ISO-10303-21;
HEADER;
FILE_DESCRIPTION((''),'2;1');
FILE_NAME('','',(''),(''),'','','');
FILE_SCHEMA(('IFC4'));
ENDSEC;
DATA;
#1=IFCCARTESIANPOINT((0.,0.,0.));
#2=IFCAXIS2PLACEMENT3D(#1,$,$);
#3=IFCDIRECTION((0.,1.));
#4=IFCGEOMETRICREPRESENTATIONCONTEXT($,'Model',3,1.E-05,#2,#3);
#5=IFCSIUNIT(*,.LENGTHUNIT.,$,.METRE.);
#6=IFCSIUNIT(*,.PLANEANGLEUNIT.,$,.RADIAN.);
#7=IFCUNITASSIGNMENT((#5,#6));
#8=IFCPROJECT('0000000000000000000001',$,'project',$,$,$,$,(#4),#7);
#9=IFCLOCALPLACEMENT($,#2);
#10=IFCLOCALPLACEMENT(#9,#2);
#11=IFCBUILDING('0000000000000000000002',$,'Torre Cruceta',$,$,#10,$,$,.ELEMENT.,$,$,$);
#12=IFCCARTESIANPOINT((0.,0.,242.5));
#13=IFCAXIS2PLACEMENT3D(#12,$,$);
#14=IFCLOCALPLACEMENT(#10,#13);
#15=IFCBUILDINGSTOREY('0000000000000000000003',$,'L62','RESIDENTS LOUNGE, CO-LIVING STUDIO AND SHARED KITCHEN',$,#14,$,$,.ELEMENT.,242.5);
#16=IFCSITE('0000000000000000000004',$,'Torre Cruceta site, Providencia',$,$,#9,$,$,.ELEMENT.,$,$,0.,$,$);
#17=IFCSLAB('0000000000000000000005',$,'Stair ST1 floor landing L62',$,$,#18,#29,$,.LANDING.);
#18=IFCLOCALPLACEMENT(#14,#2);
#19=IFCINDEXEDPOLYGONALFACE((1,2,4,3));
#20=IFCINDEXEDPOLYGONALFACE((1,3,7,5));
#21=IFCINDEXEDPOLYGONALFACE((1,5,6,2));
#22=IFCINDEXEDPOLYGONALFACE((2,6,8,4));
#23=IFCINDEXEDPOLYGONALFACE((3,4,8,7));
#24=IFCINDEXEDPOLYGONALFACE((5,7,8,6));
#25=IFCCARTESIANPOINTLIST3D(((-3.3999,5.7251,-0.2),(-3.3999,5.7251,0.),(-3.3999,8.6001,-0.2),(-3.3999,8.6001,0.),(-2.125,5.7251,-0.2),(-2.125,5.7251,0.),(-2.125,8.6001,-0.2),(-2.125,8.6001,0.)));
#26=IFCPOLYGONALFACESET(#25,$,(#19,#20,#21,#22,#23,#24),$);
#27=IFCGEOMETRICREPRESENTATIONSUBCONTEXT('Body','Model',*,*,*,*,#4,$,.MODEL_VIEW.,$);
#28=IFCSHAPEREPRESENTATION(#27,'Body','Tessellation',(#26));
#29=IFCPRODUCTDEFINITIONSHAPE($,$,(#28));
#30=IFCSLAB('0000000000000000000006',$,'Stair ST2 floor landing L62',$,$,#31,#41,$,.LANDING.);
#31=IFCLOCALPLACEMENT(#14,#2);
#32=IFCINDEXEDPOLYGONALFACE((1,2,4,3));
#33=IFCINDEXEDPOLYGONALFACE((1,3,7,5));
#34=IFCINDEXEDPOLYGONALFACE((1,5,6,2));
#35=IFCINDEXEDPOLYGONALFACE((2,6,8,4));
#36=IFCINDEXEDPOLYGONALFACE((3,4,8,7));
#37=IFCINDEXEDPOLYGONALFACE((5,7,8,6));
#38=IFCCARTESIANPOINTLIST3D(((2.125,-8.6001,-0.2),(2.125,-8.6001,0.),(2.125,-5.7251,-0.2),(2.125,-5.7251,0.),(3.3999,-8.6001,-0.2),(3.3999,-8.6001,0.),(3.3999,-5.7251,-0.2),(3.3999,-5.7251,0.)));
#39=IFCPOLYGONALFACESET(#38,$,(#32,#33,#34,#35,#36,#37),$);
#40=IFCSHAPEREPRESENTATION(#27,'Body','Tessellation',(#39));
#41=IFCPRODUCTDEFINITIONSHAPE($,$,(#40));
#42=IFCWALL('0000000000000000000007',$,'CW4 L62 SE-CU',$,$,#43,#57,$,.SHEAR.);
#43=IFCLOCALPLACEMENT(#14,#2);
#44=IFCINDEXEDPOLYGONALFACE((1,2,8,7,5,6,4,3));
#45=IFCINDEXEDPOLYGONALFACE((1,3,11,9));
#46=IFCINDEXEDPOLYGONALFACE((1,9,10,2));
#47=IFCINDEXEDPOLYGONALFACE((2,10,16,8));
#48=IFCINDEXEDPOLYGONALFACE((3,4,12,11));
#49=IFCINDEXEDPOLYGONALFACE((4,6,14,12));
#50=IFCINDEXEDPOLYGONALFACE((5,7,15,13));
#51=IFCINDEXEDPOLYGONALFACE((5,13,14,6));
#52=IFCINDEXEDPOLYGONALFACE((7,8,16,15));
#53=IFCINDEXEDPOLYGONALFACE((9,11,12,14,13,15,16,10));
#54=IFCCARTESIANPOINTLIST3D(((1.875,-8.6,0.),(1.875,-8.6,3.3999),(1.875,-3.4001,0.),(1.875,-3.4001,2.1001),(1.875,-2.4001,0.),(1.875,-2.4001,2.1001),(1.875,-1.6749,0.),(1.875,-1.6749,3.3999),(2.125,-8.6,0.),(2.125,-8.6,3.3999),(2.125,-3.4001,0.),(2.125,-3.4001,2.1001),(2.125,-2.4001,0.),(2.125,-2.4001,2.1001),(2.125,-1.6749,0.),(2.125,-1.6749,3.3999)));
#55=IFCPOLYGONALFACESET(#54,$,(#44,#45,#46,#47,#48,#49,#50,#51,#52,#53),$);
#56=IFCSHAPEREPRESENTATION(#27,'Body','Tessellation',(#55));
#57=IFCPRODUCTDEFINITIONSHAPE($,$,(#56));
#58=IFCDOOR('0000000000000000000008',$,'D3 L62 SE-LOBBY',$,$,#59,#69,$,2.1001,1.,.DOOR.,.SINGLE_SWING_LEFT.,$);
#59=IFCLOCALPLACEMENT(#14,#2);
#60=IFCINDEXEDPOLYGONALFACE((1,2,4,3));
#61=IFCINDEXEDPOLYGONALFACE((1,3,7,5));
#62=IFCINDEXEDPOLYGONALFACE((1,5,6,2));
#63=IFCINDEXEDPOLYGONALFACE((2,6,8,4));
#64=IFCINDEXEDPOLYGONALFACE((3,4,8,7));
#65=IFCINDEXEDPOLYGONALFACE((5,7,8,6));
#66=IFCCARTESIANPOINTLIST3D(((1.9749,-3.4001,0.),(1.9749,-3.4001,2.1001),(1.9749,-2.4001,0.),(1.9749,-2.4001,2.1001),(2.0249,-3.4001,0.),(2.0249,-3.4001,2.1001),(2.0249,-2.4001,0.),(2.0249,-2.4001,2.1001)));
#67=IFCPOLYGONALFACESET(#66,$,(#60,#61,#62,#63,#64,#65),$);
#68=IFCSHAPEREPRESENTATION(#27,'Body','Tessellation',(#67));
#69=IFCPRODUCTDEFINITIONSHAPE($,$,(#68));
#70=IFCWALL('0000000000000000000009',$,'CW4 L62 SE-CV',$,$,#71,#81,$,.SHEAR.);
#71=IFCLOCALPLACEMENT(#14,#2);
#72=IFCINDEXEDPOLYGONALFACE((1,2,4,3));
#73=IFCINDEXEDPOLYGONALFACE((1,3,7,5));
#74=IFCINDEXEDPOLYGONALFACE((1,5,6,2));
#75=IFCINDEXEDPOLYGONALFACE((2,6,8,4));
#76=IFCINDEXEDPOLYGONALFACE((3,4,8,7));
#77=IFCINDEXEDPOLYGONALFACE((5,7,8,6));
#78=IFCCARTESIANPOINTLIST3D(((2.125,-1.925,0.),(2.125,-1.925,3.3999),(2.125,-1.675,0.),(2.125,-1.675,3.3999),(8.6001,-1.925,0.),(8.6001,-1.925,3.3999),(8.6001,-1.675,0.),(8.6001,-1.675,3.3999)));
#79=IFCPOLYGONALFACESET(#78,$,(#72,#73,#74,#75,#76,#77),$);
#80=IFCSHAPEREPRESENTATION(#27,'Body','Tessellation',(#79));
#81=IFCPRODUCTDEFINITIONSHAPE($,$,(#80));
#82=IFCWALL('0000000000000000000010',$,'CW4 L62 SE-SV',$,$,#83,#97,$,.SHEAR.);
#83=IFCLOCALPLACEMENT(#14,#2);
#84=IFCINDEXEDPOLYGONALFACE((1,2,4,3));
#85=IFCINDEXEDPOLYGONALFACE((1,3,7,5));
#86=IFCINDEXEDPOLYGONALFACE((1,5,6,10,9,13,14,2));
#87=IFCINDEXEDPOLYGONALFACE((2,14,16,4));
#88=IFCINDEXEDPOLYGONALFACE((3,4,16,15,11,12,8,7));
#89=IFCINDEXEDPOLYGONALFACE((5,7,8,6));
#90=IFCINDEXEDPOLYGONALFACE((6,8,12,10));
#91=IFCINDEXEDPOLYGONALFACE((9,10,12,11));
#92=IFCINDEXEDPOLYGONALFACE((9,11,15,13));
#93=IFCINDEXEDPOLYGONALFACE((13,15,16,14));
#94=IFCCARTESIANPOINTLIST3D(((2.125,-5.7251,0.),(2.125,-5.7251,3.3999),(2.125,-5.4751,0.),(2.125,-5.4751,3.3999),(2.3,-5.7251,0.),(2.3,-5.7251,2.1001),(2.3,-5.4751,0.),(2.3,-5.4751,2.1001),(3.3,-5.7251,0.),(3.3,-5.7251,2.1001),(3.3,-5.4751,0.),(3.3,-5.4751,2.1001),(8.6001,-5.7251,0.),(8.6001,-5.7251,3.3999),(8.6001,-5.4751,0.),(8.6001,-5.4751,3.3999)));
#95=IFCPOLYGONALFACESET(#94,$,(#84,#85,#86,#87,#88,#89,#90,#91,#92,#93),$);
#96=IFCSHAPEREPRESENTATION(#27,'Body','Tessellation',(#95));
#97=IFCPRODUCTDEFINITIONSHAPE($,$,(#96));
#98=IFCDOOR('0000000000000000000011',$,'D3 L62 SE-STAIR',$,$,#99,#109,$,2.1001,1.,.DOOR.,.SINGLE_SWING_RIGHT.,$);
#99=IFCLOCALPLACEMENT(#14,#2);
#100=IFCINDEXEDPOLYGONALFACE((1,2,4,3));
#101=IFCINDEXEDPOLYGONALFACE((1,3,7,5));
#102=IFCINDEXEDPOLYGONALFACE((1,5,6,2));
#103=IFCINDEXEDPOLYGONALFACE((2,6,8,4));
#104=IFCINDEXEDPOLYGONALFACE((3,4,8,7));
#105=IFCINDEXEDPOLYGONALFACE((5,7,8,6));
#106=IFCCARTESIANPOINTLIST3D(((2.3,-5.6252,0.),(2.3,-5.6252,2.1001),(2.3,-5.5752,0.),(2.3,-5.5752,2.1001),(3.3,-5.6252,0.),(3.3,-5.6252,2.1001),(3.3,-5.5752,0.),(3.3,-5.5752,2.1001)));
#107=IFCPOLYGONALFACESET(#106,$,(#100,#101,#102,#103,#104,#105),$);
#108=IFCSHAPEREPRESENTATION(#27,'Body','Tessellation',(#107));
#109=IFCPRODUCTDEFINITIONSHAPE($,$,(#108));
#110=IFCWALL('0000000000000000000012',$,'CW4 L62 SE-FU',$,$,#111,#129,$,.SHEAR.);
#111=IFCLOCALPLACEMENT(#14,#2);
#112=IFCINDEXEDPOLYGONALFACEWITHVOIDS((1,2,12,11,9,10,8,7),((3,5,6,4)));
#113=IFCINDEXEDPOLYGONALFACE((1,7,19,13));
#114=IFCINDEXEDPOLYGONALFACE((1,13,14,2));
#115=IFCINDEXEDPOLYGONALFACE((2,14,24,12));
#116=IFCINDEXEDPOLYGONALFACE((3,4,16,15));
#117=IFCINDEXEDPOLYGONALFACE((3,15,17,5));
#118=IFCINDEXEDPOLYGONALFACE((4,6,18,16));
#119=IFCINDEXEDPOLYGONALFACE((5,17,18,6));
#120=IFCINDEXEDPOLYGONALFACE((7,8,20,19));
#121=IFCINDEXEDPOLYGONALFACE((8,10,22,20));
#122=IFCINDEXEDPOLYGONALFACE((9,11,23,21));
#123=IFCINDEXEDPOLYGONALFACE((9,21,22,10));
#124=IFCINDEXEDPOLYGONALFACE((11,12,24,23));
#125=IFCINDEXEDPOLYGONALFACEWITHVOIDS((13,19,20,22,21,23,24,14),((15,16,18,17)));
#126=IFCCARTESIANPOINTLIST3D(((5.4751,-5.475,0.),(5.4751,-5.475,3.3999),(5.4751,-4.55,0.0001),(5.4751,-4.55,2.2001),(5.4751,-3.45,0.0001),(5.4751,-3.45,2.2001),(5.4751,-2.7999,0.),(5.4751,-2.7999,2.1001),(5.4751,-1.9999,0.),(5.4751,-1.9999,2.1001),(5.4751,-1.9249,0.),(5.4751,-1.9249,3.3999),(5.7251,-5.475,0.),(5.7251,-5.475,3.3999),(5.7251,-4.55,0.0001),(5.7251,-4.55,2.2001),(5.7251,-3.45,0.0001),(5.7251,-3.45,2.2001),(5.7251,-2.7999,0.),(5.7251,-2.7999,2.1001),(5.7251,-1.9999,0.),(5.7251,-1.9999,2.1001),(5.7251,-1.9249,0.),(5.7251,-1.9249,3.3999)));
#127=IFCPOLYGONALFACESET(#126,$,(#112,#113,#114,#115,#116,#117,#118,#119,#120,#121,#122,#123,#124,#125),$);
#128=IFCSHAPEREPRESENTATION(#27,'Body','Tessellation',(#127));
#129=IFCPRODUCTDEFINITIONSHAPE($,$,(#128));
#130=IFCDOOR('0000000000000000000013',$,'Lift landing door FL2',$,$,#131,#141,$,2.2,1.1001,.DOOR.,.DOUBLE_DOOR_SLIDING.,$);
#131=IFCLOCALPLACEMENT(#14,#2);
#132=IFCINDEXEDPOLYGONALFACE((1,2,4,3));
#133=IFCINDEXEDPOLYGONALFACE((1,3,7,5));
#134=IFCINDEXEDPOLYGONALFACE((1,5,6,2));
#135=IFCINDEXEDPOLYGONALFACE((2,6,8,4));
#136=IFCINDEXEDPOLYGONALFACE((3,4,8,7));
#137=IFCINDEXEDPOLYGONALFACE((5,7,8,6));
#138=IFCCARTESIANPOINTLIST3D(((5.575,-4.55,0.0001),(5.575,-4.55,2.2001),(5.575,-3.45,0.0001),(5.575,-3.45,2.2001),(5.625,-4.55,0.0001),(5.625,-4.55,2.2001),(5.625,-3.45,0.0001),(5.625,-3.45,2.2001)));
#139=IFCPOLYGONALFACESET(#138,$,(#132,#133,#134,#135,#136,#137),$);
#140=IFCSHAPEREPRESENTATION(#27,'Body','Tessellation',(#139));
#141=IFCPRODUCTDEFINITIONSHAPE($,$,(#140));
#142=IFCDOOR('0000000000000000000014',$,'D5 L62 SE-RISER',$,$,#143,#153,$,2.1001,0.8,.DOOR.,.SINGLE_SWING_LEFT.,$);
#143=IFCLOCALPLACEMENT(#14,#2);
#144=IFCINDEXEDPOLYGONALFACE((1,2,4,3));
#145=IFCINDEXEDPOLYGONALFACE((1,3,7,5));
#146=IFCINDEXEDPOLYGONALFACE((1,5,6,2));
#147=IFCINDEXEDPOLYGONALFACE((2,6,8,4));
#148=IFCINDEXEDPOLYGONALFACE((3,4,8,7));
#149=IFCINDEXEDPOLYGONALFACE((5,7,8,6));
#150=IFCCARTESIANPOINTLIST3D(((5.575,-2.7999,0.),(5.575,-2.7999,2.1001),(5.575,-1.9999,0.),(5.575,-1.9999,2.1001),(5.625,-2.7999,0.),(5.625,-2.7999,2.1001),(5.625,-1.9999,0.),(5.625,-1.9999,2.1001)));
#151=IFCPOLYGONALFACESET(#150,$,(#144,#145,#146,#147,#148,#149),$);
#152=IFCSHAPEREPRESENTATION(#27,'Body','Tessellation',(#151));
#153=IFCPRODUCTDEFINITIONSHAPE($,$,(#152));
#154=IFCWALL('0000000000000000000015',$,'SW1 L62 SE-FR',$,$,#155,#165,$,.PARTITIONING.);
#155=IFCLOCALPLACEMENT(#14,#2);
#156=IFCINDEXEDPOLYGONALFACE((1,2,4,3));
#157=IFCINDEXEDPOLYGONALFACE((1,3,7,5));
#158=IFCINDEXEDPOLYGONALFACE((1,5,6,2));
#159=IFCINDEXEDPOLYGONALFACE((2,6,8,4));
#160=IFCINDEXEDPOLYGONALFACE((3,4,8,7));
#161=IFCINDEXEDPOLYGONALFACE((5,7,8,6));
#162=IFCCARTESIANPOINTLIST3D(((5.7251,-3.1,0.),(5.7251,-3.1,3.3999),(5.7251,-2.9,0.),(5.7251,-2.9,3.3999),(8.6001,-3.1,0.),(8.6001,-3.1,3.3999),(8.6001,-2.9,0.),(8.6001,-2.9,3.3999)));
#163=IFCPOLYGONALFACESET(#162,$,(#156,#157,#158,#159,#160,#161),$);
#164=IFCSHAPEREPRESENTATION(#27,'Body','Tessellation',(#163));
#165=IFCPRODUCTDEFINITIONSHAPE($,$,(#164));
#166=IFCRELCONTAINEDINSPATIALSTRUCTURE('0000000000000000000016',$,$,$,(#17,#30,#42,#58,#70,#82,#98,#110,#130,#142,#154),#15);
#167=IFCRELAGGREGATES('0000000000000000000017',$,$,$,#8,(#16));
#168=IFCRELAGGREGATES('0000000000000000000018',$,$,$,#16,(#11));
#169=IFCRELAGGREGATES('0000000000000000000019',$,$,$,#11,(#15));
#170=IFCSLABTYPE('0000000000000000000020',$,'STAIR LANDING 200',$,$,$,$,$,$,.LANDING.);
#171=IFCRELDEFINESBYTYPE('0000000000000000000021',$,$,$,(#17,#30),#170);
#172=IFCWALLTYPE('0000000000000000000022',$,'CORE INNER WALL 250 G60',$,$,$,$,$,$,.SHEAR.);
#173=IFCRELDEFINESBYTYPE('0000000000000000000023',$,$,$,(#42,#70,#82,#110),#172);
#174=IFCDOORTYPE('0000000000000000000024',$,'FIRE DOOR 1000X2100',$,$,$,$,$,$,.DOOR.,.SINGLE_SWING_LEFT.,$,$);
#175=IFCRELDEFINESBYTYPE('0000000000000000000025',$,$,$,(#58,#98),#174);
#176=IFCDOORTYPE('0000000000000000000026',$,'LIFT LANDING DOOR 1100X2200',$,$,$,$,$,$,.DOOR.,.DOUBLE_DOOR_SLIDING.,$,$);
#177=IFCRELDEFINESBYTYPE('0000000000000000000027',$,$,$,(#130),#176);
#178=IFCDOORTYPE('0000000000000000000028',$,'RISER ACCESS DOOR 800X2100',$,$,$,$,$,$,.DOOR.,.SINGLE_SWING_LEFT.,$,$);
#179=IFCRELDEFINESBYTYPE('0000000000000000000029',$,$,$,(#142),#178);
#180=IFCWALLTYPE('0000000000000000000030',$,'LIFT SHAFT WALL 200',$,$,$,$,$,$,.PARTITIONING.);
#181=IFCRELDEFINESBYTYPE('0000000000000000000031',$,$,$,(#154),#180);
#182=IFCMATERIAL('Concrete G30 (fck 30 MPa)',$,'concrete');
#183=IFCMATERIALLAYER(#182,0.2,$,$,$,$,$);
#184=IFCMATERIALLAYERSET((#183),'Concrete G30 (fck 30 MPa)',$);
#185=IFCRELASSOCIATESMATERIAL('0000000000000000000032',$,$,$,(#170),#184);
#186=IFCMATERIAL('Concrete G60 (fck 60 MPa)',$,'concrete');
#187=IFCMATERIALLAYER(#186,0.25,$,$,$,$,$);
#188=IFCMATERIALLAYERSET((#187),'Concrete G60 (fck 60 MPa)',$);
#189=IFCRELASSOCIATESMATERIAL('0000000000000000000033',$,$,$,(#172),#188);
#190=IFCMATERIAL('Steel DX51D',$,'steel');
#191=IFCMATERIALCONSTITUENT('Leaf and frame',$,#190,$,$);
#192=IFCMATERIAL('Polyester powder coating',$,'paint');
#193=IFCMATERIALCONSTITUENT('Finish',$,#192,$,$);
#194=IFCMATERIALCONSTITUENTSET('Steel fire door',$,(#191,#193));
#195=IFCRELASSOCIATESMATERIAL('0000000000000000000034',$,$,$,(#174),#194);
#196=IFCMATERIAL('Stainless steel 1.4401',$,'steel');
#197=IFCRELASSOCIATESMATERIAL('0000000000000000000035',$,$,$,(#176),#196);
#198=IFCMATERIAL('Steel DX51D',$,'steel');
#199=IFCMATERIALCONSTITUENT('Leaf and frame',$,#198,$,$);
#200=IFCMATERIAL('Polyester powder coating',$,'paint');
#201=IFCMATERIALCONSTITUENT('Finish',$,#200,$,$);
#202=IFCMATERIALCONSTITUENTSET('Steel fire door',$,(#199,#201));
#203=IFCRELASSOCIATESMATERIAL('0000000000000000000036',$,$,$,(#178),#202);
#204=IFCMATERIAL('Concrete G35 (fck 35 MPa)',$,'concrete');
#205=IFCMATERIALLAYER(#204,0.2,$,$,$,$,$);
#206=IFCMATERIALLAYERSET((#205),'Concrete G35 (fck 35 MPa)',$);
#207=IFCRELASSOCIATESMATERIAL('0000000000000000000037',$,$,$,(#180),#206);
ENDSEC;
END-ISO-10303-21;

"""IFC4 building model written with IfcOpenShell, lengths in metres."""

from ifc_helpers import new_model, si_unit, direction, frame, frame_2d, origin, place, context, subcontext, project, spatial, polyline, rectangle, outline, extrude, material, layer, layer_set, constituent, constituent_set, type_object, element, fill, save


model = new_model("IFC4")

# Units and contexts
model_context = context("Model", 3, precision=1e-05, world=origin(), true_north=direction((0.0, 1.0)))
body_context = subcontext(model_context, "Body", "Model", "MODEL_VIEW")
ifc_project = project(units=[si_unit("LENGTHUNIT", "METRE"), si_unit("PLANEANGLEUNIT", "RADIAN")], contexts=[model_context])

# Site, building, storey
site_placement = place(None, origin())
site = spatial("IfcSite", under=ifc_project, at=site_placement, Name="Torre Cruceta site, Providencia", CompositionType="ELEMENT", RefElevation=0.0)
building_placement = place(site_placement, origin())
building = spatial("IfcBuilding", under=site, at=building_placement, Name="Torre Cruceta", CompositionType="ELEMENT")
storey_placement = place(building_placement, frame((0.0, 0.0, 242.5)))
storey = spatial("IfcBuildingStorey", under=building, at=storey_placement, Name="L62", Description="RESIDENTS LOUNGE, CO-LIVING STUDIO AND SHARED KITCHEN", CompositionType="ELEMENT", Elevation=242.5)

# Shared definitions
ifc_material_1 = material(Name="Concrete G30 (fck 30 MPa)", Category="concrete")
ifc_layer_1 = layer(ifc_material_1, 0.2)
ifc_layer_set_1 = layer_set([ifc_layer_1], Name="Concrete G30 (fck 30 MPa)")
slab_type_1 = type_object("IfcSlabType", Name="STAIR LANDING 200", PredefinedType="LANDING", material=ifc_layer_set_1)

# Slabs
slab_1_placement = place(storey_placement, frame((0.0, 0.0, -0.2)))
element("IfcSlab", 1, at=slab_1_placement, inside=storey, type_object=slab_type_1, Name="Stair ST1 floor landing L62", PredefinedType="LANDING", context=body_context, shape_type="SweptSolid", body=[
    extrude(outline(polyline([(-2.125, 8.6001), (-2.125, 5.7251), (-3.3999, 5.7251), (-3.3999, 8.6001), (-2.125, 8.6001)])), origin(), (0.0, 0.0, 1.0), 0.2),
])
slab_2_placement = place(storey_placement, frame((0.0, 0.0, -0.2)))
element("IfcSlab", 2, at=slab_2_placement, inside=storey, type_object=slab_type_1, Name="Stair ST2 floor landing L62", PredefinedType="LANDING", context=body_context, shape_type="SweptSolid", body=[
    extrude(outline(polyline([(2.125, -8.6001), (2.125, -5.7251), (3.3999, -5.7251), (3.3999, -8.6001), (2.125, -8.6001)])), origin(), (0.0, 0.0, 1.0), 0.2),
])

# Wall, opening, door
ifc_material_2 = material(Name="Concrete G60 (fck 60 MPa)", Category="concrete")
ifc_layer_2 = layer(ifc_material_2, 0.25)
ifc_layer_set_2 = layer_set([ifc_layer_2], Name="Concrete G60 (fck 60 MPa)")
wall_type_1 = type_object("IfcWallType", Name="CORE INNER WALL 250 G60", PredefinedType="SHEAR", material=ifc_layer_set_2)
wall_1_placement = place(storey_placement, frame((2.0, -1.675, 0.0), z_axis=(0.0, 0.0, 1.0), x_axis=(0.0, -1.0, 0.0)))
wall_1 = element("IfcWall", 3, at=wall_1_placement, inside=storey, type_object=wall_type_1, Name="CW4 L62 SE-CU", PredefinedType="SHEAR", context=body_context, shape_type="SweptSolid", body=[
    extrude(rectangle(XDim=6.925, YDim=0.25, at=frame_2d((3.4624, 0.0))), origin(), (0.0, 0.0, 1.0), 3.3999),
])
opening_1_placement = place(wall_1_placement, frame((0.7251, 0.0, 0.0)))
opening_1 = element("IfcOpeningElement", 4, at=opening_1_placement, cuts=wall_1, PredefinedType="OPENING", context=body_context, shape_type="SweptSolid", body=[
    extrude(rectangle(XDim=1.0, YDim=2.1001, at=frame_2d((0.5, 1.05))), frame((0.0, 0.135, 0.0), z_axis=(0.0, -1.0, 0.0), x_axis=(1.0, 0.0, 0.0)), (0.0, 0.0, 1.0), 0.27),
])
ifc_material_3 = material(Name="Steel DX51D", Category="steel")
ifc_constituent_1 = constituent(ifc_material_3, Name="Leaf and frame")
ifc_material_4 = material(Name="Polyester powder coating", Category="paint")
ifc_constituent_2 = constituent(ifc_material_4, Name="Finish")
ifc_constituent_set_1 = constituent_set(constituents=[ifc_constituent_1, ifc_constituent_2], Name="Steel fire door")
door_type_1 = type_object("IfcDoorType", Name="FIRE DOOR 1000X2100", OperationType="SINGLE_SWING_LEFT", PredefinedType="DOOR", material=ifc_constituent_set_1)
door_1_placement = place(opening_1_placement, origin())
door_1 = element("IfcDoor", 5, at=door_1_placement, inside=storey, type_object=door_type_1, Name="D3 L62 SE-LOBBY", OperationType="SINGLE_SWING_LEFT", OverallHeight=2.1001, OverallWidth=1.0, PredefinedType="DOOR", context=body_context, shape_type="SweptSolid", body=[
    extrude(rectangle(XDim=1.0, YDim=2.1001, at=frame_2d((0.5, 1.05))), frame((0.0, 0.0249, 0.0), z_axis=(0.0, -1.0, 0.0), x_axis=(1.0, 0.0, 0.0)), (0.0, 0.0, 1.0), 0.05),
])
fill(opening_1, door_1)

# Wall
wall_2_placement = place(storey_placement, frame((2.125, -1.8, 0.0), z_axis=(0.0, 0.0, 1.0), x_axis=(1.0, 0.0, 0.0)))
element("IfcWall", 6, at=wall_2_placement, inside=storey, type_object=wall_type_1, Name="CW4 L62 SE-CV", PredefinedType="SHEAR", context=body_context, shape_type="SweptSolid", body=[
    extrude(rectangle(XDim=6.4751, YDim=0.25, at=frame_2d((3.2375, 0.0))), origin(), (0.0, 0.0, 1.0), 3.3999),
])

# Wall, opening, door
wall_3_placement = place(storey_placement, frame((2.125, -5.6001, 0.0), z_axis=(0.0, 0.0, 1.0), x_axis=(1.0, 0.0, 0.0)))
wall_3 = element("IfcWall", 7, at=wall_3_placement, inside=storey, type_object=wall_type_1, Name="CW4 L62 SE-SV", PredefinedType="SHEAR", context=body_context, shape_type="SweptSolid", body=[
    extrude(rectangle(XDim=6.4751, YDim=0.25, at=frame_2d((3.2375, 0.0))), origin(), (0.0, 0.0, 1.0), 3.3999),
])
opening_2_placement = place(wall_3_placement, frame((0.175, 0.0, 0.0)))
opening_2 = element("IfcOpeningElement", 8, at=opening_2_placement, cuts=wall_3, PredefinedType="OPENING", context=body_context, shape_type="SweptSolid", body=[
    extrude(rectangle(XDim=1.0, YDim=2.1001, at=frame_2d((0.5, 1.05))), frame((0.0, 0.135, 0.0), z_axis=(0.0, -1.0, 0.0), x_axis=(1.0, 0.0, 0.0)), (0.0, 0.0, 1.0), 0.27),
])
door_2_placement = place(opening_2_placement, frame((1.0, 0.0, 0.0), z_axis=(0.0, 0.0, 1.0), x_axis=(-1.0, 0.0, 0.0)))
door_2 = element("IfcDoor", 9, at=door_2_placement, inside=storey, type_object=door_type_1, Name="D3 L62 SE-STAIR", OperationType="SINGLE_SWING_RIGHT", OverallHeight=2.1001, OverallWidth=1.0, PredefinedType="DOOR", context=body_context, shape_type="SweptSolid", body=[
    extrude(rectangle(XDim=1.0, YDim=2.1001, at=frame_2d((0.5, 1.05))), frame((0.0, 0.0251, 0.0), z_axis=(0.0, -1.0, 0.0), x_axis=(1.0, 0.0, 0.0)), (0.0, 0.0, 1.0), 0.05),
])
fill(opening_2, door_2)

# Wall, openings, doors
wall_4_placement = place(storey_placement, frame((5.6001, -1.925, 0.0), z_axis=(0.0, 0.0, 1.0), x_axis=(0.0, -1.0, 0.0)))
wall_4 = element("IfcWall", 10, at=wall_4_placement, inside=storey, type_object=wall_type_1, Name="CW4 L62 SE-FU", PredefinedType="SHEAR", context=body_context, shape_type="SweptSolid", body=[
    extrude(rectangle(XDim=3.55, YDim=0.25, at=frame_2d((1.7749, 0.0))), origin(), (0.0, 0.0, 1.0), 3.3999),
])
opening_3_placement = place(wall_4_placement, frame((1.5249, 0.0, 0.0)))
opening_3 = element("IfcOpeningElement", 11, at=opening_3_placement, cuts=wall_4, PredefinedType="OPENING", context=body_context, shape_type="SweptSolid", body=[
    extrude(rectangle(XDim=1.1001, YDim=2.2, at=frame_2d((0.55, 1.1001))), frame((0.0, 0.135, 0.0), z_axis=(0.0, -1.0, 0.0), x_axis=(1.0, 0.0, 0.0)), (0.0, 0.0, 1.0), 0.27),
])
opening_4_placement = place(wall_4_placement, frame((0.075, 0.0, 0.0)))
opening_4 = element("IfcOpeningElement", 12, at=opening_4_placement, cuts=wall_4, PredefinedType="OPENING", context=body_context, shape_type="SweptSolid", body=[
    extrude(rectangle(XDim=0.8, YDim=2.1001, at=frame_2d((0.3999, 1.05))), frame((0.0, 0.135, 0.0), z_axis=(0.0, -1.0, 0.0), x_axis=(1.0, 0.0, 0.0)), (0.0, 0.0, 1.0), 0.27),
])
ifc_material_5 = material(Name="Stainless steel 1.4401", Category="steel")
door_type_2 = type_object("IfcDoorType", Name="LIFT LANDING DOOR 1100X2200", OperationType="DOUBLE_DOOR_SLIDING", PredefinedType="DOOR", material=ifc_material_5)
door_3_placement = place(opening_3_placement, origin())
door_3 = element("IfcDoor", 13, at=door_3_placement, inside=storey, type_object=door_type_2, Name="Lift landing door FL2", OperationType="DOUBLE_DOOR_SLIDING", OverallHeight=2.2, OverallWidth=1.1001, PredefinedType="DOOR", context=body_context, shape_type="SweptSolid", body=[
    extrude(rectangle(XDim=1.1001, YDim=2.2, at=frame_2d((0.55, 1.1001))), frame((0.0, 0.0249, 0.0), z_axis=(0.0, -1.0, 0.0), x_axis=(1.0, 0.0, 0.0)), (0.0, 0.0, 1.0), 0.05),
])
fill(opening_3, door_3)
ifc_material_6 = material(Name="Steel DX51D", Category="steel")
ifc_constituent_3 = constituent(ifc_material_6, Name="Leaf and frame")
ifc_material_7 = material(Name="Polyester powder coating", Category="paint")
ifc_constituent_4 = constituent(ifc_material_7, Name="Finish")
ifc_constituent_set_2 = constituent_set(constituents=[ifc_constituent_3, ifc_constituent_4], Name="Steel fire door")
door_type_3 = type_object("IfcDoorType", Name="RISER ACCESS DOOR 800X2100", OperationType="SINGLE_SWING_LEFT", PredefinedType="DOOR", material=ifc_constituent_set_2)
door_4_placement = place(opening_4_placement, origin())
door_4 = element("IfcDoor", 14, at=door_4_placement, inside=storey, type_object=door_type_3, Name="D5 L62 SE-RISER", OperationType="SINGLE_SWING_LEFT", OverallHeight=2.1001, OverallWidth=0.8, PredefinedType="DOOR", context=body_context, shape_type="SweptSolid", body=[
    extrude(rectangle(XDim=0.8, YDim=2.1001, at=frame_2d((0.3999, 1.05))), frame((0.0, 0.0249, 0.0), z_axis=(0.0, -1.0, 0.0), x_axis=(1.0, 0.0, 0.0)), (0.0, 0.0, 1.0), 0.05),
])
fill(opening_4, door_4)

# Wall
ifc_material_8 = material(Name="Concrete G35 (fck 35 MPa)", Category="concrete")
ifc_layer_3 = layer(ifc_material_8, 0.2)
ifc_layer_set_3 = layer_set([ifc_layer_3], Name="Concrete G35 (fck 35 MPa)")
wall_type_2 = type_object("IfcWallType", Name="LIFT SHAFT WALL 200", PredefinedType="PARTITIONING", material=ifc_layer_set_3)
wall_5_placement = place(storey_placement, frame((5.7251, -3.0, 0.0), z_axis=(0.0, 0.0, 1.0), x_axis=(1.0, 0.0, 0.0)))
element("IfcWall", 15, at=wall_5_placement, inside=storey, type_object=wall_type_2, Name="SW1 L62 SE-FR", PredefinedType="PARTITIONING", context=body_context, shape_type="SweptSolid", body=[
    extrude(rectangle(XDim=2.875, YDim=0.2, at=frame_2d((1.4375, 0.0))), origin(), (0.0, 0.0, 1.0), 3.3999),
])

save(model, "model.ifc")
